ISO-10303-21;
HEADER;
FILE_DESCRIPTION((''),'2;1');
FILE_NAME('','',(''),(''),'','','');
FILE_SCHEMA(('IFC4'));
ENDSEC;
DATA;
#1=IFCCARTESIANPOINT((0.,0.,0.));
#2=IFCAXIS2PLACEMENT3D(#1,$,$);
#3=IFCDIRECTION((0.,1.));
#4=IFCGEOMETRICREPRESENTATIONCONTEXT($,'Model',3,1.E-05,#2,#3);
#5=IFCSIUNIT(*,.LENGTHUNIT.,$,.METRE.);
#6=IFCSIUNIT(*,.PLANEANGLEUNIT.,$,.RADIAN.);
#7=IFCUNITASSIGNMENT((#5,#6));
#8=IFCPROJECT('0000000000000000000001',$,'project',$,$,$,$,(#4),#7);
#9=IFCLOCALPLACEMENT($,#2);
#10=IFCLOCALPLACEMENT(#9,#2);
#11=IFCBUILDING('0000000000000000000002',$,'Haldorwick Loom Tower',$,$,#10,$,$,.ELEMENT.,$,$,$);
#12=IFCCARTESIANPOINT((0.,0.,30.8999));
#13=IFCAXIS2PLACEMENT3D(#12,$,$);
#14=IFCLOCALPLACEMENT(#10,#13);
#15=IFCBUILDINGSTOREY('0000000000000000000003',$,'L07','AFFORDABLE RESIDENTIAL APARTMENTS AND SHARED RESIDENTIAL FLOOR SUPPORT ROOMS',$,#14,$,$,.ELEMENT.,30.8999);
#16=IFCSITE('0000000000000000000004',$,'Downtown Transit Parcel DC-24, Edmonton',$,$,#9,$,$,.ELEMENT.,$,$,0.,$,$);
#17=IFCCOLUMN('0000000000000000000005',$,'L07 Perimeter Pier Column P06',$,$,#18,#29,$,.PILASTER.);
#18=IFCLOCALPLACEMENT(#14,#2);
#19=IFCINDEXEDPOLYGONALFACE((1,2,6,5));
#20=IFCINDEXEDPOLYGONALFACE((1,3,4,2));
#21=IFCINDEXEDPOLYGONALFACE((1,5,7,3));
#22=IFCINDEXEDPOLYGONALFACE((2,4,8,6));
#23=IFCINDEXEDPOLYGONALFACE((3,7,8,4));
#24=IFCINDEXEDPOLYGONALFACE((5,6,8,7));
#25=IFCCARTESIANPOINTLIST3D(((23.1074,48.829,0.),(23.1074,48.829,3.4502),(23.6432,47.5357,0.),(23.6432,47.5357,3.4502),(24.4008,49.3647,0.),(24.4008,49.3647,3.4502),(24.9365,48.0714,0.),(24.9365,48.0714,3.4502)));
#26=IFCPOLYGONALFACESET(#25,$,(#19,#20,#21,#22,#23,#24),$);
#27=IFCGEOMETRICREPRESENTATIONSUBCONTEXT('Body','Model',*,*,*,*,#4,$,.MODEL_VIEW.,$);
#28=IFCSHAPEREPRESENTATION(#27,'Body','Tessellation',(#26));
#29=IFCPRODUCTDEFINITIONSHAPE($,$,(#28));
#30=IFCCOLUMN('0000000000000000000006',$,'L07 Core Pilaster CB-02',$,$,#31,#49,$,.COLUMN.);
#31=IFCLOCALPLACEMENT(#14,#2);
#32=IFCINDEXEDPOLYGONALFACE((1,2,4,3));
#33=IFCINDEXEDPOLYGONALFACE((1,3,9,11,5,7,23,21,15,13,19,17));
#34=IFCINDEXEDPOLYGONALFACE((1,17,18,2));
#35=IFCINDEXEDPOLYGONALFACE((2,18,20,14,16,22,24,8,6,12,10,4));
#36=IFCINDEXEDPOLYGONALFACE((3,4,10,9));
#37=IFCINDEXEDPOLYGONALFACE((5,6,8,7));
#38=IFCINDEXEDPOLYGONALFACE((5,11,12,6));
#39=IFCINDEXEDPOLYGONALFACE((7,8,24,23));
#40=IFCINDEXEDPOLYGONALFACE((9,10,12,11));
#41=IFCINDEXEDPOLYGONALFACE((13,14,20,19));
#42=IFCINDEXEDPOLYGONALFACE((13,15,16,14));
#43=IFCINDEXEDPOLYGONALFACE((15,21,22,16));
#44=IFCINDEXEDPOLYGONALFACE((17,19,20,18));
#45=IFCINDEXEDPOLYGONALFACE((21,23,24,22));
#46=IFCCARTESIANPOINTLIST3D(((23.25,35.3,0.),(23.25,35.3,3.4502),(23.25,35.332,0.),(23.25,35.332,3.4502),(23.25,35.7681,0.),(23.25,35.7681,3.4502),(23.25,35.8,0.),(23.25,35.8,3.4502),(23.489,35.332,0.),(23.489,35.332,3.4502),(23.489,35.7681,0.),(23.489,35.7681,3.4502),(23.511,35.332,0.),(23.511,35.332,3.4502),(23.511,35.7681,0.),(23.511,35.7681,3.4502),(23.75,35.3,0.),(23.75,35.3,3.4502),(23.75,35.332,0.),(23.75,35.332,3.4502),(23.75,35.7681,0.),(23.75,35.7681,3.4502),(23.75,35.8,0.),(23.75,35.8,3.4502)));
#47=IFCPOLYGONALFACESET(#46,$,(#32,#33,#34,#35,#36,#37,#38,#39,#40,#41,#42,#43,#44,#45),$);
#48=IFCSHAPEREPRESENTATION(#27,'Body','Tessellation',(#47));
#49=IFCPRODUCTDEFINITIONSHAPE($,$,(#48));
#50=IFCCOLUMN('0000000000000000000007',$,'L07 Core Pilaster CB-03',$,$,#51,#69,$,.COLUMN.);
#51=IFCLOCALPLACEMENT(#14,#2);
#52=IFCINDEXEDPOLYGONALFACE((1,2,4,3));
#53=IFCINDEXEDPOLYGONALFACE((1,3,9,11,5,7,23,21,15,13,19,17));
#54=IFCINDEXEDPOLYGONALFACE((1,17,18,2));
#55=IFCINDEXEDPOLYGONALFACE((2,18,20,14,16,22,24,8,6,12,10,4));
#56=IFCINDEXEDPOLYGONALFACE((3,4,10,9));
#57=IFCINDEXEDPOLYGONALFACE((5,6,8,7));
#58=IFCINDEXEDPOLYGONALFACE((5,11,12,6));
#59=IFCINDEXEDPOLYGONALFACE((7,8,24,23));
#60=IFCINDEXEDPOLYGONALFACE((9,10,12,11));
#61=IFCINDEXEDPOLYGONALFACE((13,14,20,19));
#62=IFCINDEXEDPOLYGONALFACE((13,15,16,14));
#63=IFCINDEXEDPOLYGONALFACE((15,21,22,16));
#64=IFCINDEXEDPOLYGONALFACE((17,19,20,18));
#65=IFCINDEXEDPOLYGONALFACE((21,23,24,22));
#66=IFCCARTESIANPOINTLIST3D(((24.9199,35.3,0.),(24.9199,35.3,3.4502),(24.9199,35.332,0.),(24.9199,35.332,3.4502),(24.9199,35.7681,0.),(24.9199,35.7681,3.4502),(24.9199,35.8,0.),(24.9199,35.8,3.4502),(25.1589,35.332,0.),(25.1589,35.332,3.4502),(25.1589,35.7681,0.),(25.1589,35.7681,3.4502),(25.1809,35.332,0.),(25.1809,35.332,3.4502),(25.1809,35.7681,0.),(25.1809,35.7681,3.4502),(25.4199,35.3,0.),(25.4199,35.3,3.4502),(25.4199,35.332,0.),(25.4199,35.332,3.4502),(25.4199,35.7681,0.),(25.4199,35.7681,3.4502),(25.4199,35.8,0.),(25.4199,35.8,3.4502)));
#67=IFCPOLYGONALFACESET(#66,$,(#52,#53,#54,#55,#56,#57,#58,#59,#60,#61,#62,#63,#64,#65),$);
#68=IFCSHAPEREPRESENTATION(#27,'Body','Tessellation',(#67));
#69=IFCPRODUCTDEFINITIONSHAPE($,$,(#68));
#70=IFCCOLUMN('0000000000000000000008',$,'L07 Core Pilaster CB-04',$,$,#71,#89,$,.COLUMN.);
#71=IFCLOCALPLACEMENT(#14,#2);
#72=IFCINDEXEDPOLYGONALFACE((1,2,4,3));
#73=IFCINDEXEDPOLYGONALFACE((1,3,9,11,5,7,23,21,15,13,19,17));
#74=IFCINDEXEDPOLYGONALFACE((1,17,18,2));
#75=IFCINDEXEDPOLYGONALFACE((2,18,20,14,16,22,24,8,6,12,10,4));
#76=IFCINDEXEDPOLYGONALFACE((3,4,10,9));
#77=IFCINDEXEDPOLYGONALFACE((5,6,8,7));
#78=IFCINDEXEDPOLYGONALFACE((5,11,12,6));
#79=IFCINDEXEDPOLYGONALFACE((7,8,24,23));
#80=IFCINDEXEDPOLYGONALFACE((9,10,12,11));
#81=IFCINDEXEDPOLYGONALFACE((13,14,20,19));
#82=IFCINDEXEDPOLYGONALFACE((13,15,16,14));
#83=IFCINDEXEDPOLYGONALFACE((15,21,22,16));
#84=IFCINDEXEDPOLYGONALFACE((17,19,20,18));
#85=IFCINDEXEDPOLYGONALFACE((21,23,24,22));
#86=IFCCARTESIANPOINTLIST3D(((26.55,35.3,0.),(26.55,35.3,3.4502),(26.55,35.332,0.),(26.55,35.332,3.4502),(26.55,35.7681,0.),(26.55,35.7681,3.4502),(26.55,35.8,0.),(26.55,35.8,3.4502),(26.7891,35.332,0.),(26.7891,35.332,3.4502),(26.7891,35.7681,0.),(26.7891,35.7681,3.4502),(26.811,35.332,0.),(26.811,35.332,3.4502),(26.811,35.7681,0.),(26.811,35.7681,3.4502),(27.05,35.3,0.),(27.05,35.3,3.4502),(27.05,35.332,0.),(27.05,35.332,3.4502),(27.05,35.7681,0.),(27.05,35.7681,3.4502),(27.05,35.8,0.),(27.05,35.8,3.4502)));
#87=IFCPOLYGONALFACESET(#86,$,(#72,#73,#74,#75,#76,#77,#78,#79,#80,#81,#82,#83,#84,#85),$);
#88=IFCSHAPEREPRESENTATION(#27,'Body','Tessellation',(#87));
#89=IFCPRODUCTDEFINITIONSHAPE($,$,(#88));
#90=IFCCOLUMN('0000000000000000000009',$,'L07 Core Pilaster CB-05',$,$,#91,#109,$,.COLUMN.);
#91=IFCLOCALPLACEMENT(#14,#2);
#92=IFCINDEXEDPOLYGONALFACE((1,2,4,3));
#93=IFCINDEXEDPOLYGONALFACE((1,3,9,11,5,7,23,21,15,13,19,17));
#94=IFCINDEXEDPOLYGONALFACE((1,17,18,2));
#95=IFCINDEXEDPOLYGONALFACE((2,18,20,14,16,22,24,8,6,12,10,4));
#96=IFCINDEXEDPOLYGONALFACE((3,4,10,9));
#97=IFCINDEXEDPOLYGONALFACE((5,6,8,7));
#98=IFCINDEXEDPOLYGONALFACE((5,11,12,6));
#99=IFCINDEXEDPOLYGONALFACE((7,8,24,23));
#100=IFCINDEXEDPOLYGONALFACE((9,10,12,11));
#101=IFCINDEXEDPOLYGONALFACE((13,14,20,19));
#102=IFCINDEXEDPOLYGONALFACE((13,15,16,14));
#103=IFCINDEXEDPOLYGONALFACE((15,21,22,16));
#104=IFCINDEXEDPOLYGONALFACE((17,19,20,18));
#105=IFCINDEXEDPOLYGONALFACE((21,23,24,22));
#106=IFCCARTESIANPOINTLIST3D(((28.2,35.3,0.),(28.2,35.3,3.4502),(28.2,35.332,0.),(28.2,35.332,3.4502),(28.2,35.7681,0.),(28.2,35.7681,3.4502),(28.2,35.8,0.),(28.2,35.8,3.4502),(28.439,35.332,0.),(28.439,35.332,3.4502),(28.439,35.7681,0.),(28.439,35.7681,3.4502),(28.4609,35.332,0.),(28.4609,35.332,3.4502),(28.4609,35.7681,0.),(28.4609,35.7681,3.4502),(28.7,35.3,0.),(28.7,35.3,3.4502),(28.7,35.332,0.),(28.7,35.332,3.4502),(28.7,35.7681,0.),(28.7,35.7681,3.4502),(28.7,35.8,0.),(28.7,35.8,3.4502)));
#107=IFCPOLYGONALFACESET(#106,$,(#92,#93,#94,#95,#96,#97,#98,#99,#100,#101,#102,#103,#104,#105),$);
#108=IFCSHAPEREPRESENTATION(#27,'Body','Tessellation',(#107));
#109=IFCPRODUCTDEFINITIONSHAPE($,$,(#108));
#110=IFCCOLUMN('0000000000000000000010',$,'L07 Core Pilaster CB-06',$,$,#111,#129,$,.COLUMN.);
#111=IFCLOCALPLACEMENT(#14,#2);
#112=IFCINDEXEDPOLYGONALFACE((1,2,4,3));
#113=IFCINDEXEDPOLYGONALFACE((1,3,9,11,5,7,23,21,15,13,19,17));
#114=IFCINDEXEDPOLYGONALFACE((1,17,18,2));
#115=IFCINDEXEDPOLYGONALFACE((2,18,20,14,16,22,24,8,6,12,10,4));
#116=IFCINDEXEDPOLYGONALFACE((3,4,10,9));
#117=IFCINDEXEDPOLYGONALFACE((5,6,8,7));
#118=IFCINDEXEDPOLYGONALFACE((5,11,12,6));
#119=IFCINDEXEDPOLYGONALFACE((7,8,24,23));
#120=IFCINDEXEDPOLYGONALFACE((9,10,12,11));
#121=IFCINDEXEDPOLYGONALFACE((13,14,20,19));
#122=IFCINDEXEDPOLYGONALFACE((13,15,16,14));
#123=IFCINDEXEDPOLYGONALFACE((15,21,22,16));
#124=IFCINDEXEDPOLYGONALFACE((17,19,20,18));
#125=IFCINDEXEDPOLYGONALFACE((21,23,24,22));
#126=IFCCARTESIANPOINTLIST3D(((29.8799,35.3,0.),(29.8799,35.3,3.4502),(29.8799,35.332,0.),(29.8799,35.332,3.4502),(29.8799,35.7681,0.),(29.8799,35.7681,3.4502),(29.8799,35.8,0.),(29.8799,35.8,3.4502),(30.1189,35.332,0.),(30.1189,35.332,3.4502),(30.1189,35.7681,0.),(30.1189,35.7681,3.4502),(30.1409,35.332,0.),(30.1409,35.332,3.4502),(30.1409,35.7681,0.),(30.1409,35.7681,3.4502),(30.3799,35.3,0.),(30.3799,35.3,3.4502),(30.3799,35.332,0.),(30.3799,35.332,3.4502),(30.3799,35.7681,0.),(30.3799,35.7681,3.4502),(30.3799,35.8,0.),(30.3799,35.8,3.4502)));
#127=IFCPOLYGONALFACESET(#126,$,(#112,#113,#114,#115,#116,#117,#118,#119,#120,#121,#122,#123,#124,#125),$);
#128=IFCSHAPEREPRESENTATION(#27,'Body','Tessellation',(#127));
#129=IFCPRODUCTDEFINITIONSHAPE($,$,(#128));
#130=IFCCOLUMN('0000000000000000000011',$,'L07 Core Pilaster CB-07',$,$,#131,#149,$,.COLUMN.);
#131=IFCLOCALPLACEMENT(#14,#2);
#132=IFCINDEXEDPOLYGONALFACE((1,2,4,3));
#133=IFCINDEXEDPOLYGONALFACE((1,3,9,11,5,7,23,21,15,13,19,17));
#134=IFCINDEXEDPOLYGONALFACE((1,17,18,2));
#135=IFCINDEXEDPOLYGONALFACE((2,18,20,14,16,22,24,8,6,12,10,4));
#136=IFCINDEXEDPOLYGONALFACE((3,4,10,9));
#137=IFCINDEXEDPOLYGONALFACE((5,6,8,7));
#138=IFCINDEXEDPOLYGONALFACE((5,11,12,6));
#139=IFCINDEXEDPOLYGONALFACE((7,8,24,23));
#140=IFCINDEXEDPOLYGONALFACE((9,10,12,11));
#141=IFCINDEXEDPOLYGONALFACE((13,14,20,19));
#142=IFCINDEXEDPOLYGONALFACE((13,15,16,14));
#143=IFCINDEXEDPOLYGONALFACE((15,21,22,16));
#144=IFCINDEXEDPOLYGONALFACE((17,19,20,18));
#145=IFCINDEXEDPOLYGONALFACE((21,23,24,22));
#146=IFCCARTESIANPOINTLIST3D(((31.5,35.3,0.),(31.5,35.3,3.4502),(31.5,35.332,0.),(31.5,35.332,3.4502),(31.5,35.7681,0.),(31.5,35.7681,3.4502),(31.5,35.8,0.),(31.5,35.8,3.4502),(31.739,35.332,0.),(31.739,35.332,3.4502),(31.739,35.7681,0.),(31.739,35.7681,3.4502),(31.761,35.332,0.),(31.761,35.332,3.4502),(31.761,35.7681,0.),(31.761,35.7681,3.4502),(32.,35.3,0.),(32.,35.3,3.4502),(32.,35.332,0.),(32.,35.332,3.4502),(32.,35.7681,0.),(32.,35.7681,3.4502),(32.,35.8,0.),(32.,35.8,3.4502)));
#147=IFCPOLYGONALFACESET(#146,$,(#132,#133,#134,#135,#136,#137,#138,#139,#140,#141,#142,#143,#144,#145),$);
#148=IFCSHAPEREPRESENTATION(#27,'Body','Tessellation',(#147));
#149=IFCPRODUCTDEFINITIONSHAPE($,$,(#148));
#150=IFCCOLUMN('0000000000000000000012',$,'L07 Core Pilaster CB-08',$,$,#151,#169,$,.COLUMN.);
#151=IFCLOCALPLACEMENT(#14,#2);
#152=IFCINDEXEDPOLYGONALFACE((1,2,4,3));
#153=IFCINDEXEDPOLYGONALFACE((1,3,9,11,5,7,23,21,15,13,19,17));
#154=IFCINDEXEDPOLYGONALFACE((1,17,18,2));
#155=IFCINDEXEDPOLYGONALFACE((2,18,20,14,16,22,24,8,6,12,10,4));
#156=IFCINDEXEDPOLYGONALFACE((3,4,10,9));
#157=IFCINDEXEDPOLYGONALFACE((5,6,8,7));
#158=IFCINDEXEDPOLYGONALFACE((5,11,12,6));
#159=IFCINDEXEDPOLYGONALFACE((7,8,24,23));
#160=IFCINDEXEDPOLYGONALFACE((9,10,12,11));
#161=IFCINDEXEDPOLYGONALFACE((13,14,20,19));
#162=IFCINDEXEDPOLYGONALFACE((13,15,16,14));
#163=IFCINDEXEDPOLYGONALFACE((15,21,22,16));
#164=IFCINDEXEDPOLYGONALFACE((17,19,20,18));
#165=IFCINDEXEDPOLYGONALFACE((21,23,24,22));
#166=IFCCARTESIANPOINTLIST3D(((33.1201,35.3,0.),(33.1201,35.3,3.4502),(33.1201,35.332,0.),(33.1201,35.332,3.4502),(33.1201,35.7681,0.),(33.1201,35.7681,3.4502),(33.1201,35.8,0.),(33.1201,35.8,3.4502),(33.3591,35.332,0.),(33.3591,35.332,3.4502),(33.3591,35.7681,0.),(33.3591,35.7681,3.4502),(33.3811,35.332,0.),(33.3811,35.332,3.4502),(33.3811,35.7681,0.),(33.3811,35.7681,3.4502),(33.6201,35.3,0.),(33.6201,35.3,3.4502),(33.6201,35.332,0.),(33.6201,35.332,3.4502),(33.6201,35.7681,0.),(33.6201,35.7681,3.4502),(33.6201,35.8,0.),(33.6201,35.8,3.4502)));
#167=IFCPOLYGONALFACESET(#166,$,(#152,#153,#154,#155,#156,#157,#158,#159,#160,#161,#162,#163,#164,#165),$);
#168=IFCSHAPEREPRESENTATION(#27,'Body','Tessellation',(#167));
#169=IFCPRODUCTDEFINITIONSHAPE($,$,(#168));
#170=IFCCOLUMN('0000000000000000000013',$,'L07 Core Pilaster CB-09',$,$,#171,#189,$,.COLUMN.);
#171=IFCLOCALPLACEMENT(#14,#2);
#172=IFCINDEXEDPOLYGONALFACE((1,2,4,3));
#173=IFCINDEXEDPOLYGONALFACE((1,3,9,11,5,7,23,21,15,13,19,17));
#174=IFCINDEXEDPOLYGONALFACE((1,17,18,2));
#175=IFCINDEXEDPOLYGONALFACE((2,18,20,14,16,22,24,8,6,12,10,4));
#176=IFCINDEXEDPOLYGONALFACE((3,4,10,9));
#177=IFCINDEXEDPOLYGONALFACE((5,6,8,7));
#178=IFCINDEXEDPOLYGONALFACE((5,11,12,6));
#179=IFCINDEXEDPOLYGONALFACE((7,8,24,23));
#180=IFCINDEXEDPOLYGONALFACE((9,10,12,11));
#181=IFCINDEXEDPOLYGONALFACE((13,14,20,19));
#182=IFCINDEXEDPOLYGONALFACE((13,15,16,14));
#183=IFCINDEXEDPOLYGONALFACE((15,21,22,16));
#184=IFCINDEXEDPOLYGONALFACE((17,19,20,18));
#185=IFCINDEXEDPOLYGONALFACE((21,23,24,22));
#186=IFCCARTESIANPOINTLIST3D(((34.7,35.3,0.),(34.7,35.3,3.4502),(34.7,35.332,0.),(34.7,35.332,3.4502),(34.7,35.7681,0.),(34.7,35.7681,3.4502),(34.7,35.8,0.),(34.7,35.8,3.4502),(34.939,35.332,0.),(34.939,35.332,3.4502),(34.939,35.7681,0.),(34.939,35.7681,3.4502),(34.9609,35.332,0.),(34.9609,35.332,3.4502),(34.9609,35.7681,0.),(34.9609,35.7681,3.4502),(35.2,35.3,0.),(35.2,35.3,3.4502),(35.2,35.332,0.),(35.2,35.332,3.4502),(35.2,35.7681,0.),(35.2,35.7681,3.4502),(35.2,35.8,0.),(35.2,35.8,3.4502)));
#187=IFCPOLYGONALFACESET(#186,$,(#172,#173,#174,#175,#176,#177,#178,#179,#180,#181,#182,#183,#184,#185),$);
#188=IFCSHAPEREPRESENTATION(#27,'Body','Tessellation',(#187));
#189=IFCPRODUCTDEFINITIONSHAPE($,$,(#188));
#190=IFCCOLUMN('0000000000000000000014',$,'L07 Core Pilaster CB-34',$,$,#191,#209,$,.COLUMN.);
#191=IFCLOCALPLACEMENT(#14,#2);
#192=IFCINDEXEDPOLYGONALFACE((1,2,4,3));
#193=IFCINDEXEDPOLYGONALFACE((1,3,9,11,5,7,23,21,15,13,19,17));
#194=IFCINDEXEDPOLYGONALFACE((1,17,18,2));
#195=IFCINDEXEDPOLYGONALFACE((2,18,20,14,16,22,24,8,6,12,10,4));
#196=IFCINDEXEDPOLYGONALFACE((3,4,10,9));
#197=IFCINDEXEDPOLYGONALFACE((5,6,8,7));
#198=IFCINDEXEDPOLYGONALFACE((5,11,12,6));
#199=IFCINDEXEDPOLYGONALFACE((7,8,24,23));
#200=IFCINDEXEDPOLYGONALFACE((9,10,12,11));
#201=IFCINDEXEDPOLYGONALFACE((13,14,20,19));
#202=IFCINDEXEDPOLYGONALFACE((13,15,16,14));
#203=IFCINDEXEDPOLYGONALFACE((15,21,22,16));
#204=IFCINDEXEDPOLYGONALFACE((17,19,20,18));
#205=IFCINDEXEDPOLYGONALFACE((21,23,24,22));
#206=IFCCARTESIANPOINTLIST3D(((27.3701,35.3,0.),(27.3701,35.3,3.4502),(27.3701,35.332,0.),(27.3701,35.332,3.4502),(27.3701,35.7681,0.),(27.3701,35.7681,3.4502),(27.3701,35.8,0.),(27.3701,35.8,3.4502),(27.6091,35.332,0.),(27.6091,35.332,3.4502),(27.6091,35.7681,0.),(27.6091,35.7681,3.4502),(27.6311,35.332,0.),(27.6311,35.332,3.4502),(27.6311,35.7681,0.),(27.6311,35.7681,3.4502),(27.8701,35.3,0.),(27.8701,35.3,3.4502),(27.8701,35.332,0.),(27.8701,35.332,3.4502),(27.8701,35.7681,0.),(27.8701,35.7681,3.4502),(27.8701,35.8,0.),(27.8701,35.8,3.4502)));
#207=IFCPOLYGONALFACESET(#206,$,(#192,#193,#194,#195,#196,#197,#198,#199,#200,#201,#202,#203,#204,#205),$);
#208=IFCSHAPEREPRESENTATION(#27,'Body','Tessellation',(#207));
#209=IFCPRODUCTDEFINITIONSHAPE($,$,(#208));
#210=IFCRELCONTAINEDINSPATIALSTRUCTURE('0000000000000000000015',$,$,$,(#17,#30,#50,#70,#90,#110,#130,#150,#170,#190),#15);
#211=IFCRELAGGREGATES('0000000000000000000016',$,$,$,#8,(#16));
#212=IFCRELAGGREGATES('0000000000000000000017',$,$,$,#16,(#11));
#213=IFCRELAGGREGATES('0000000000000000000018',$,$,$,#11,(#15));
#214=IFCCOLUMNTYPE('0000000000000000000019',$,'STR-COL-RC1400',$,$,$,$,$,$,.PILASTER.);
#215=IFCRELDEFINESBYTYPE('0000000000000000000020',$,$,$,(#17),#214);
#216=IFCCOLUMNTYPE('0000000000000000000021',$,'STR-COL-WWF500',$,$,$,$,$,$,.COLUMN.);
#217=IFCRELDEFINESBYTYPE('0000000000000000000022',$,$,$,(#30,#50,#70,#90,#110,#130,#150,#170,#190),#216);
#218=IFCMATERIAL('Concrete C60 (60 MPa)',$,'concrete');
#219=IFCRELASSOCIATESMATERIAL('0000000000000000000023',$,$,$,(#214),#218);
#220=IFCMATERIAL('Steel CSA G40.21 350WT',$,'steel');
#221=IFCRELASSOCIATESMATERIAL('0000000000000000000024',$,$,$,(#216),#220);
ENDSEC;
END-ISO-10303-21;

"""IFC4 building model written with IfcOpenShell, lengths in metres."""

from ifc_helpers import new_model, si_unit, direction, frame, origin, origin_2d, place, context, subcontext, project, spatial, rectangle, i_section, extrude, material, material_profile, profile_set, type_object, element, save


model = new_model("IFC4")

# Units and contexts
model_context = context("Model", 3, precision=1e-05, world=origin(), true_north=direction((0.0, 1.0)))
body_context = subcontext(model_context, "Body", "Model", "MODEL_VIEW")
ifc_project = project(units=[si_unit("LENGTHUNIT", "METRE"), si_unit("PLANEANGLEUNIT", "RADIAN")], contexts=[model_context])

# Site, building, storey
site_placement = place(None, origin())
site = spatial("IfcSite", under=ifc_project, at=site_placement, Name="Downtown Transit Parcel DC-24, Edmonton", CompositionType="ELEMENT", RefElevation=0.0)
building_placement = place(site_placement, origin())
building = spatial("IfcBuilding", under=site, at=building_placement, Name="Haldorwick Loom Tower", CompositionType="ELEMENT")
storey_placement = place(building_placement, frame((0.0, 0.0, 30.8999)))
storey = spatial("IfcBuildingStorey", under=building, at=storey_placement, Name="L07", Description="AFFORDABLE RESIDENTIAL APARTMENTS AND SHARED RESIDENTIAL FLOOR SUPPORT ROOMS", CompositionType="ELEMENT", Elevation=30.8999)

# Columns
ifc_material_1 = material(Name="Concrete C60 (60 MPa)", Category="concrete")
ifc_material_profile_1 = material_profile(ifc_material_1, rectangle(XDim=1.3999, YDim=1.3999, at=origin_2d()), Name="RC1400X1400", Category="concrete")
ifc_profile_set_1 = profile_set([ifc_material_profile_1], Name="Concrete C60 (60 MPa)")
column_type_1 = type_object("IfcColumnType", Name="STR-COL-RC1400", PredefinedType="PILASTER", material=ifc_profile_set_1)
column_placement = place(storey_placement, frame((24.022, 48.4502, 0.0), z_axis=(0.0, 0.0, 1.0), x_axis=(-0.382683, 0.92388, 0.0)))
element("IfcColumn", 1, at=column_placement, inside=storey, type_object=column_type_1, Name="L07 Perimeter Pier Column P06", PredefinedType="PILASTER", context=body_context, shape_type="SweptSolid", body=[
    extrude(rectangle(XDim=1.3999, YDim=1.3999, at=origin_2d()), origin(), (0.0, 0.0, 1.0), 3.4502),
])
ifc_material_2 = material(Name="Steel CSA G40.21 350WT", Category="steel")
ifc_material_profile_2 = material_profile(ifc_material_2, i_section(OverallWidth=0.5, OverallDepth=0.5, WebThickness=0.022, FlangeThickness=0.032, at=origin_2d()), Name="WWF500X500", Category="steel")
ifc_profile_set_2 = profile_set([ifc_material_profile_2], Name="Steel CSA G40.21 350WT")
column_type_2 = type_object("IfcColumnType", Name="STR-COL-WWF500", PredefinedType="COLUMN", material=ifc_profile_set_2)
for number, where, z_axis, x_axis, name in (
    (2, (23.5, 35.55, 0.0), (0.0, 0.0, 1.0), (1.0, 0.0, 0.0), "L07 Core Pilaster CB-02"),
    (3, (25.1699, 35.55, 0.0), (0.0, 0.0, 1.0), (1.0, 0.0, 0.0), "L07 Core Pilaster CB-03"),
    (4, (26.8, 35.55, 0.0), (0.0, 0.0, 1.0), (1.0, 0.0, 0.0), "L07 Core Pilaster CB-04"),
    (5, (28.45, 35.55, 0.0), (0.0, 0.0, 1.0), (1.0, 0.0, 0.0), "L07 Core Pilaster CB-05"),
    (6, (30.1299, 35.55, 0.0), (0.0, 0.0, 1.0), (1.0, 0.0, 0.0), "L07 Core Pilaster CB-06"),
    (7, (31.75, 35.55, 0.0), (0.0, 0.0, 1.0), (1.0, 0.0, 0.0), "L07 Core Pilaster CB-07"),
    (8, (33.3701, 35.55, 0.0), (0.0, 0.0, 1.0), (1.0, 0.0, 0.0), "L07 Core Pilaster CB-08"),
    (9, (34.95, 35.55, 0.0), (0.0, 0.0, 1.0), (1.0, 0.0, 0.0), "L07 Core Pilaster CB-09"),
    (10, (27.6201, 35.55, 0.0), (0.0, 0.0, 1.0), (1.0, 0.0, 0.0), "L07 Core Pilaster CB-34"),
):
    element("IfcColumn", number, at=place(storey_placement, frame(where, z_axis=z_axis, x_axis=x_axis)), inside=storey, type_object=column_type_2, Name=name, PredefinedType="COLUMN", context=body_context, shape_type="SweptSolid", body=[
        extrude(i_section(OverallWidth=0.5, OverallDepth=0.5, WebThickness=0.022, FlangeThickness=0.032, at=origin_2d()), origin(), (0.0, 0.0, 1.0), 3.4502),
    ])

save(model, "model.ifc")
